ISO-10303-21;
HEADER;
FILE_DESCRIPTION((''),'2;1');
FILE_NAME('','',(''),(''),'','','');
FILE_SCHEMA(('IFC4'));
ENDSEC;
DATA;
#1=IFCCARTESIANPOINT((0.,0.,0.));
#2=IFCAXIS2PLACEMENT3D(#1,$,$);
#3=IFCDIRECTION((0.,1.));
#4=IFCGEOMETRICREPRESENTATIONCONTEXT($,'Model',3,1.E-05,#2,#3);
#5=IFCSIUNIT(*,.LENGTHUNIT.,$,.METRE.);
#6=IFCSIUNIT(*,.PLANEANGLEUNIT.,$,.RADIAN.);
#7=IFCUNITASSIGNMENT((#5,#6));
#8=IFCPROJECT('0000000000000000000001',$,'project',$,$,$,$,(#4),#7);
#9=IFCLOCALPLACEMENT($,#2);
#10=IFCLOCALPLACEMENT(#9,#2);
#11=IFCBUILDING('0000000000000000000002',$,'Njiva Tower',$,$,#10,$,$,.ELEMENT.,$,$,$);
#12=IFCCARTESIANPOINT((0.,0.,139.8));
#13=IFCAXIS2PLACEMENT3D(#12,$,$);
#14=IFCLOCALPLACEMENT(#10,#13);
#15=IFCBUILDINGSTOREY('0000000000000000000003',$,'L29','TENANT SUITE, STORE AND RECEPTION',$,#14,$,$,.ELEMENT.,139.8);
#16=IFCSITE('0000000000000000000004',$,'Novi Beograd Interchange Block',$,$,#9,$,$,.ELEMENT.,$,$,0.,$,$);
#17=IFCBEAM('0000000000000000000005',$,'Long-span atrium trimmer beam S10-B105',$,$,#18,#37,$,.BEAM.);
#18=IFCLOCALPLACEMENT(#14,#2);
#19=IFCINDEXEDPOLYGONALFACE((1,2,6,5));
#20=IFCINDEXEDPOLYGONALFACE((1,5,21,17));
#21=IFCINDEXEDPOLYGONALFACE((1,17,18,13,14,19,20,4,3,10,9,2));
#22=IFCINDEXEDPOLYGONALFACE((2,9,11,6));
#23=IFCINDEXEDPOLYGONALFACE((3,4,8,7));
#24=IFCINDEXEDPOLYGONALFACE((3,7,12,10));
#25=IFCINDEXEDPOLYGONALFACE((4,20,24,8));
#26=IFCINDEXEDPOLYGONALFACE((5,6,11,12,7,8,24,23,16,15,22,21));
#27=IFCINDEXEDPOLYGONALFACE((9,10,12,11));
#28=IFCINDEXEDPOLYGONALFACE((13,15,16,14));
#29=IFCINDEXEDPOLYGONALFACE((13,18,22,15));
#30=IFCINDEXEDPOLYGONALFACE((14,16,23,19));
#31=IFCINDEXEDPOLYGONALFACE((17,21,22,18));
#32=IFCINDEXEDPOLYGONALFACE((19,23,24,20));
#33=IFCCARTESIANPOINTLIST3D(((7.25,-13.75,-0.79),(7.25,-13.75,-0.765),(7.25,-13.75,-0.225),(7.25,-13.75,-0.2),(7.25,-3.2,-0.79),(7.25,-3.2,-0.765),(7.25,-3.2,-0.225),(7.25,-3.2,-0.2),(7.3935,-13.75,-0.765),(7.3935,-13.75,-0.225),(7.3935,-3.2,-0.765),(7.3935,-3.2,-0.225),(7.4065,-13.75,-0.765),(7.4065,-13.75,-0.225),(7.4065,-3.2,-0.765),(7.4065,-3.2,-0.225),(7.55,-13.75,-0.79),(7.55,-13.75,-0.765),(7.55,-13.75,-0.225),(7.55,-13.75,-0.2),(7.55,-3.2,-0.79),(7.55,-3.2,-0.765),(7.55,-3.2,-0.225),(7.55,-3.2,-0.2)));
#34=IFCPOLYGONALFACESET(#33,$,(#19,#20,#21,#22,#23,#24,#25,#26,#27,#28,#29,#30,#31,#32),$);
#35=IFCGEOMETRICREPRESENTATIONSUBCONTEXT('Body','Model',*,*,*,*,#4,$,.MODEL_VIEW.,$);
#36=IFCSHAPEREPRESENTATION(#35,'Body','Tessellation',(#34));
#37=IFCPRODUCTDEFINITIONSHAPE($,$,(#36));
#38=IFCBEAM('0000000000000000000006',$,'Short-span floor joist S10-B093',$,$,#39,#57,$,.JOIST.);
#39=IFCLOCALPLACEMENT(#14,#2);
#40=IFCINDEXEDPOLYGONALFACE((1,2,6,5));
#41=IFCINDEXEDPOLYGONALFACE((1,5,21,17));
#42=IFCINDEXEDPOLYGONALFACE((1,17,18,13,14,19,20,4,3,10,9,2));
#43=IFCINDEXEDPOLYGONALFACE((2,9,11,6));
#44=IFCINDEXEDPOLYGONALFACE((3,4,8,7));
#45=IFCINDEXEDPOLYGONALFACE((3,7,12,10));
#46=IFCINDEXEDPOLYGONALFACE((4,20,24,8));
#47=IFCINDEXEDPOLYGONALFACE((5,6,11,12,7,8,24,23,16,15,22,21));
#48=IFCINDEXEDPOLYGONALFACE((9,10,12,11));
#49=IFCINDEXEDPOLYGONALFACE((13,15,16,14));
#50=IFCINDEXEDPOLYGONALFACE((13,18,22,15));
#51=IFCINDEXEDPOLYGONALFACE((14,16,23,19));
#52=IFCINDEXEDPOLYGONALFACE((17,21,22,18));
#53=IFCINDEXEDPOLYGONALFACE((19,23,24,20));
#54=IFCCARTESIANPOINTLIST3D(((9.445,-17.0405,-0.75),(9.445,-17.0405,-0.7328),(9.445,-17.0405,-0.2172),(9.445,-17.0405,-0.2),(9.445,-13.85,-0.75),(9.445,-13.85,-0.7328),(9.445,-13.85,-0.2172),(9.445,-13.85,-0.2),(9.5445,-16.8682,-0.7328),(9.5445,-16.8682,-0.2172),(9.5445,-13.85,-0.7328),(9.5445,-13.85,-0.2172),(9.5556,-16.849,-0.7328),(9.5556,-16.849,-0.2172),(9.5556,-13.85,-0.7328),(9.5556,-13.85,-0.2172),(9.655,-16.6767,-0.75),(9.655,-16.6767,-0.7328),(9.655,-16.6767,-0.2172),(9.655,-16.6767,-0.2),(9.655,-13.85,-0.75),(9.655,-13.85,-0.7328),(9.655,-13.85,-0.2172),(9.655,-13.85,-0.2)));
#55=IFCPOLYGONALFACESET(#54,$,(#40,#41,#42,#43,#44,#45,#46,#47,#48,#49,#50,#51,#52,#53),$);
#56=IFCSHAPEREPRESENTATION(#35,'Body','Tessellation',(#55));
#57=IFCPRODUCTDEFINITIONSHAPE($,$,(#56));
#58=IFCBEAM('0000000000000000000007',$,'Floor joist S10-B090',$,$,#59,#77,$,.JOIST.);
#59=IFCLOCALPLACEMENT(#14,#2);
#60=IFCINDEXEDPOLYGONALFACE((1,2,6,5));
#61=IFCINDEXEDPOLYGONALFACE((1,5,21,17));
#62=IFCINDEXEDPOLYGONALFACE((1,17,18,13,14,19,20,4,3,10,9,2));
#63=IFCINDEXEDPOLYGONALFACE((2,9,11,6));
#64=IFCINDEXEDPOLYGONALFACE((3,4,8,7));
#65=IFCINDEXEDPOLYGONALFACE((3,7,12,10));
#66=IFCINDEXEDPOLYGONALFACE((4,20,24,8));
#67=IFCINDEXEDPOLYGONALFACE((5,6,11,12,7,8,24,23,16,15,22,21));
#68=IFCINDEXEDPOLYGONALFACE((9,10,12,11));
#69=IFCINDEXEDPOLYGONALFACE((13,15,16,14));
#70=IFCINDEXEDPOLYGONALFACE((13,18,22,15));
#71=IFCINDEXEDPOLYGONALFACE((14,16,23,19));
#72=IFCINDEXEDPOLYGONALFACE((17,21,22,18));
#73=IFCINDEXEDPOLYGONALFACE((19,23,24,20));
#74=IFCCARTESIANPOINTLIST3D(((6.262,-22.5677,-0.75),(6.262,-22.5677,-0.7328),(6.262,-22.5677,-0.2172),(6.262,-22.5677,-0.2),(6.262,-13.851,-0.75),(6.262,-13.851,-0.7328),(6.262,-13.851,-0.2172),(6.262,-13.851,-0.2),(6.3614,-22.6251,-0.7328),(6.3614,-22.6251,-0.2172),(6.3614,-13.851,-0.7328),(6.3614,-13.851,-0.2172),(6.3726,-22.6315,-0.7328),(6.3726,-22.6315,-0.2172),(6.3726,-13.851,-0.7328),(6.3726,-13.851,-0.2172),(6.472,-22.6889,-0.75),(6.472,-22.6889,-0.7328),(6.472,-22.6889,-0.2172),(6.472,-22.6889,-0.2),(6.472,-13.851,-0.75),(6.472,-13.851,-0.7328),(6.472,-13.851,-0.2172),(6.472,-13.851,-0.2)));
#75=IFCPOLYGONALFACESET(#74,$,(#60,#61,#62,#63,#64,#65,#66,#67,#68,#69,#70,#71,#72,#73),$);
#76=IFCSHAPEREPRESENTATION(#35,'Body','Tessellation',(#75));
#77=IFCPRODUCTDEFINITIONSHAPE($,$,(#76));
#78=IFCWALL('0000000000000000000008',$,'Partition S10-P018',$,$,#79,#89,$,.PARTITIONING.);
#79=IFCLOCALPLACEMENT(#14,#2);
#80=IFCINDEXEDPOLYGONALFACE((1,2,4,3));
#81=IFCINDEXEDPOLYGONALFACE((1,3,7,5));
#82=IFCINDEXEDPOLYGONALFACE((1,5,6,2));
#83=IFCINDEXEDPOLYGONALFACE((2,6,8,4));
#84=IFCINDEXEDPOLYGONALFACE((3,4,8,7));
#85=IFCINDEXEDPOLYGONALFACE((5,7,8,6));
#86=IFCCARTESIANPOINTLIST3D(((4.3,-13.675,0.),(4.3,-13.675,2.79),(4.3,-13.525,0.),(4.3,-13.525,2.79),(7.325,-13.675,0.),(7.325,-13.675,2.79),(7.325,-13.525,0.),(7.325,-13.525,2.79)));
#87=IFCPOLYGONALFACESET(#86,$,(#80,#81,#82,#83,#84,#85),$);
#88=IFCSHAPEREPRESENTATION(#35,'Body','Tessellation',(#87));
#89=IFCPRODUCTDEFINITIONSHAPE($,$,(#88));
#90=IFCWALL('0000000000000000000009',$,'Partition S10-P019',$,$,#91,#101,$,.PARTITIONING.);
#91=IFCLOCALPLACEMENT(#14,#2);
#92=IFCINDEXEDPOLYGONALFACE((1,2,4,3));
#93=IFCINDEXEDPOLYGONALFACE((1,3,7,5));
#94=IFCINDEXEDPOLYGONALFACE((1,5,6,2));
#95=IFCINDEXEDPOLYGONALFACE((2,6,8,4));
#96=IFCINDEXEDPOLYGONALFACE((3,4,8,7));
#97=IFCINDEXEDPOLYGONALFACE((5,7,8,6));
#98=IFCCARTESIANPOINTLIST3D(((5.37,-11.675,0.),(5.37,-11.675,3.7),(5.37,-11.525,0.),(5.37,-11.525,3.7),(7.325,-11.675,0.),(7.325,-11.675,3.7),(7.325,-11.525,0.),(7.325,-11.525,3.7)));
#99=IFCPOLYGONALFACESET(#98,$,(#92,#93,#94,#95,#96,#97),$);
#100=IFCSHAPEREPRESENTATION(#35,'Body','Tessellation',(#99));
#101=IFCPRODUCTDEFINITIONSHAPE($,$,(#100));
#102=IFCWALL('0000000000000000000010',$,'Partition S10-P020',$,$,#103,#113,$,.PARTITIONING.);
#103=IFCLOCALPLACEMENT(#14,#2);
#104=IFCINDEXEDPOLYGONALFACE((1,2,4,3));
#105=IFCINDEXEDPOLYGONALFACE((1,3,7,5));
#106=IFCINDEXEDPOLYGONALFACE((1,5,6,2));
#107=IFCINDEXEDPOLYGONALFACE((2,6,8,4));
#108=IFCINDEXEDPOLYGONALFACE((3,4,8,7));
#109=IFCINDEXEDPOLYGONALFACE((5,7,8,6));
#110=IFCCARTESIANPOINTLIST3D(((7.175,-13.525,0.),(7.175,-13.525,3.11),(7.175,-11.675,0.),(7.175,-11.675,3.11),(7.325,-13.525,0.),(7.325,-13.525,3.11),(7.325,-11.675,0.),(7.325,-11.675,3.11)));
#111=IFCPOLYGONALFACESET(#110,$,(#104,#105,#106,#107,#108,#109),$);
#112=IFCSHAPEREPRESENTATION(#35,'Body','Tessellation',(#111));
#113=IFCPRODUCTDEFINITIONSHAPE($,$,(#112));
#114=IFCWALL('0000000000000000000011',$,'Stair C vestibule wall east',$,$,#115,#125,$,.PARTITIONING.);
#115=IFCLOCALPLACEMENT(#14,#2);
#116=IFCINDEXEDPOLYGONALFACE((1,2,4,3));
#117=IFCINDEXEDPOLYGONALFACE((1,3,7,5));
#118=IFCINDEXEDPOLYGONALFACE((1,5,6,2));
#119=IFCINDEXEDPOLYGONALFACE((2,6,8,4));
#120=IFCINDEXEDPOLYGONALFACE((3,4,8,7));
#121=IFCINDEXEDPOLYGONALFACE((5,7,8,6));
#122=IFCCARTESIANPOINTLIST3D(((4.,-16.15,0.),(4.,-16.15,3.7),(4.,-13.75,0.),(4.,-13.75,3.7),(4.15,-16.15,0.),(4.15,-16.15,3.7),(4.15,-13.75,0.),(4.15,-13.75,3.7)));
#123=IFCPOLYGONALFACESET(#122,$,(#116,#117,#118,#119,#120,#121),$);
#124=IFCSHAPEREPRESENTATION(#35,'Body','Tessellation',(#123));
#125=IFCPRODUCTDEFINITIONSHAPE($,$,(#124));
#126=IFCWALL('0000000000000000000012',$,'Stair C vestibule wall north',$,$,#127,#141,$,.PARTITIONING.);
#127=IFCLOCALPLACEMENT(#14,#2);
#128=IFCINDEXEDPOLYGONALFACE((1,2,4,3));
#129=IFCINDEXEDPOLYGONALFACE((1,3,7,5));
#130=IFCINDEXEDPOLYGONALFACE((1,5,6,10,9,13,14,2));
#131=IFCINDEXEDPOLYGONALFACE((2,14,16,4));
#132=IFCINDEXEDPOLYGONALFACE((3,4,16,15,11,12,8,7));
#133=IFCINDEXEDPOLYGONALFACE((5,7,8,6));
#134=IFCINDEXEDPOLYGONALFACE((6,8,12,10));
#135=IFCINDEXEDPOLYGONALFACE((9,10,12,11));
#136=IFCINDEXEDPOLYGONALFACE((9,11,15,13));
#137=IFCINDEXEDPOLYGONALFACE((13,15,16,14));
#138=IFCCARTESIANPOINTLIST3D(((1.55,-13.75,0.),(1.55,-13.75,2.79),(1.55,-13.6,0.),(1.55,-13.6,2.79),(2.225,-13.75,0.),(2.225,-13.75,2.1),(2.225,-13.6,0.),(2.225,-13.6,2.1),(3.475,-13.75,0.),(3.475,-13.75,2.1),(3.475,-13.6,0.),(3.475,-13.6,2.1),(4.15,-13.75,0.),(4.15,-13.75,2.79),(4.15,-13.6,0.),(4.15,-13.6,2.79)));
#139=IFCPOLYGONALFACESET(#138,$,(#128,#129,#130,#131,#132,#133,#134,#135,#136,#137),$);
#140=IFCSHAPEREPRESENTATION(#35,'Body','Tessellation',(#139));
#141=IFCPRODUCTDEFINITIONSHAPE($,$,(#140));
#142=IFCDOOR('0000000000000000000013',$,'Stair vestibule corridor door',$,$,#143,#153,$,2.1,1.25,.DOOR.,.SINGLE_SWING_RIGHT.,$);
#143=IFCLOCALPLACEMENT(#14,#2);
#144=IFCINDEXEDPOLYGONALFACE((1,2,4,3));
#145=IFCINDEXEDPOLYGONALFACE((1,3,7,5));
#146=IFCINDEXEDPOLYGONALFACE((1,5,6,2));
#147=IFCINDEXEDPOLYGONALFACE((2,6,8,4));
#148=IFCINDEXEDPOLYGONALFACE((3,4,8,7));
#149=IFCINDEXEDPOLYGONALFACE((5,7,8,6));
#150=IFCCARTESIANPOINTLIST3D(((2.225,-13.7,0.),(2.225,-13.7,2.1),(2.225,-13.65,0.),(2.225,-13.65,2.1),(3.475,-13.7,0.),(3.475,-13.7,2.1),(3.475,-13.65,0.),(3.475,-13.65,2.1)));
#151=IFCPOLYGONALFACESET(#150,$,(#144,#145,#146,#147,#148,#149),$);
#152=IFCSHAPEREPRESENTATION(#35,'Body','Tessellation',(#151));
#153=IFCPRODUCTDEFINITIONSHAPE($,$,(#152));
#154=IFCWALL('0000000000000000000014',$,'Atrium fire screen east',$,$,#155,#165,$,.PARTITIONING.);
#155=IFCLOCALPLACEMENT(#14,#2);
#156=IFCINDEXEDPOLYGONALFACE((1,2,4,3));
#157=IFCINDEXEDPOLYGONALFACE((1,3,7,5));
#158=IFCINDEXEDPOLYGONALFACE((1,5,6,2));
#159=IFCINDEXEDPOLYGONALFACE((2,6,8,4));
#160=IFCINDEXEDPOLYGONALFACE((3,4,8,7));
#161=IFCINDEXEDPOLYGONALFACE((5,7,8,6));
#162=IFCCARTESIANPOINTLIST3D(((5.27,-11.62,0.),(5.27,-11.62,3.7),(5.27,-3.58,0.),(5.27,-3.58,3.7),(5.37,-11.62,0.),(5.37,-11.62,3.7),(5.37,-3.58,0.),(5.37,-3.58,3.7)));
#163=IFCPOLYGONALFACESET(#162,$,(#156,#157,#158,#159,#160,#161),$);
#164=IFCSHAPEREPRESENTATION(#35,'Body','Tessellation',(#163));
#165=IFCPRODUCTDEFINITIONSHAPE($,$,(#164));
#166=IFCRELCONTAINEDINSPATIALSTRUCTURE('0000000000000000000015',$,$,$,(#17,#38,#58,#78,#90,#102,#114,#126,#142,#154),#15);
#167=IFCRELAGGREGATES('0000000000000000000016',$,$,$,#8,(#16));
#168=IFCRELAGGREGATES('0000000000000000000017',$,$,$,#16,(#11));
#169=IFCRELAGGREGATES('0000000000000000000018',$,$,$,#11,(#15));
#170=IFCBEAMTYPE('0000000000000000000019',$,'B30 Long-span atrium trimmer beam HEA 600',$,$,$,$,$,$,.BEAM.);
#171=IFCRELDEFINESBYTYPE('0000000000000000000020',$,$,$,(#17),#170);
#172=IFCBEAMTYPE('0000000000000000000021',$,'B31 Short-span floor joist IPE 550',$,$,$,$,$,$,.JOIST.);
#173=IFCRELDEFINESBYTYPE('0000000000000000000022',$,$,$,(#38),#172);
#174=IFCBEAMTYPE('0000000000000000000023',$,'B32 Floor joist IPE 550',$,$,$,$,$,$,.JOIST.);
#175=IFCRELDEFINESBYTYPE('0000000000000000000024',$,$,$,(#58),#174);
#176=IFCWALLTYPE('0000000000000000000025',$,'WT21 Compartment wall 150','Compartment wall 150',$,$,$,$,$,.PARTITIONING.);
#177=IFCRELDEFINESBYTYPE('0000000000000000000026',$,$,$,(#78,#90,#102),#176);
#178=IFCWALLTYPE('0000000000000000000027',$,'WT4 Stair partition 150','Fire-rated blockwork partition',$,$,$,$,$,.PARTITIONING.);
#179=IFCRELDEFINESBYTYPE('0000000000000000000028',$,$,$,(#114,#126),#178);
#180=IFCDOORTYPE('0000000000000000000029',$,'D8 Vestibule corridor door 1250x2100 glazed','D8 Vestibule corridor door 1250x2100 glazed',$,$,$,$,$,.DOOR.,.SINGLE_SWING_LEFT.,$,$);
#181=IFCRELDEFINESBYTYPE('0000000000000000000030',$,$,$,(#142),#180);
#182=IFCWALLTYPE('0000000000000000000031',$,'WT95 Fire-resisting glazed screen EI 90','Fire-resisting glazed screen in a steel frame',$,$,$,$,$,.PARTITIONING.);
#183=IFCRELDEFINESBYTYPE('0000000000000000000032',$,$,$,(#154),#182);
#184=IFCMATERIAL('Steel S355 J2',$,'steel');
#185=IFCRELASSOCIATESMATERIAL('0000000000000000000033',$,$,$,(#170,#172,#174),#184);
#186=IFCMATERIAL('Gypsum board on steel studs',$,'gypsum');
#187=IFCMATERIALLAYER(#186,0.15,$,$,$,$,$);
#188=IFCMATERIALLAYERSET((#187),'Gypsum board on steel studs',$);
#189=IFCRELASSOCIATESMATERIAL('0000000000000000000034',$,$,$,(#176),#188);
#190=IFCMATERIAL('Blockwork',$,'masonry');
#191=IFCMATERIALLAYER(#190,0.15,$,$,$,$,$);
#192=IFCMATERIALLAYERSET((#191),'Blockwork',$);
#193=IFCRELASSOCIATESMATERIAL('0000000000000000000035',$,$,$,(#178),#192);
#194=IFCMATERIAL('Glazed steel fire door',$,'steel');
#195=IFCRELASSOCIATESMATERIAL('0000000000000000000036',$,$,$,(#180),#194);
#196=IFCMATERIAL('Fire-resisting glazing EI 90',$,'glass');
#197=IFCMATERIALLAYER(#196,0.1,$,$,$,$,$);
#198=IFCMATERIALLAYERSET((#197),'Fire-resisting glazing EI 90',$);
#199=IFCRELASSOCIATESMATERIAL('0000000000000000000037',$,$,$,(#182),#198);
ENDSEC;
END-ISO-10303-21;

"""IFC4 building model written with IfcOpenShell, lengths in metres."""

from ifc_helpers import new_model, si_unit, direction, frame, frame_2d, origin, origin_2d, place, context, subcontext, project, spatial, rectangle, i_section, extrude, clip, halfspace, material, layer, layer_set, material_profile, profile_set, type_object, element, fill, save


model = new_model("IFC4")

# Units and contexts
model_context = context("Model", 3, precision=1e-05, world=origin(), true_north=direction((0.0, 1.0)))
body_context = subcontext(model_context, "Body", "Model", "MODEL_VIEW")
ifc_project = project(units=[si_unit("LENGTHUNIT", "METRE"), si_unit("PLANEANGLEUNIT", "RADIAN")], contexts=[model_context])

# Site, building, storey
site_placement = place(None, origin())
site = spatial("IfcSite", under=ifc_project, at=site_placement, Name="Novi Beograd Interchange Block", CompositionType="ELEMENT", RefElevation=0.0)
building_placement = place(site_placement, origin())
building = spatial("IfcBuilding", under=site, at=building_placement, Name="Njiva Tower", CompositionType="ELEMENT")
storey_placement = place(building_placement, frame((0.0, 0.0, 139.8)))
storey = spatial("IfcBuildingStorey", under=building, at=storey_placement, Name="L29", Description="TENANT SUITE, STORE AND RECEPTION", CompositionType="ELEMENT", Elevation=139.8)

# Shared definitions
ifc_material_1 = material(Name="Steel S355 J2", Category="steel")

# Beams
ifc_material_profile_1 = material_profile(ifc_material_1, i_section(OverallWidth=0.3, OverallDepth=0.59, WebThickness=0.013, FlangeThickness=0.025, at=origin_2d()), Name="HEA 600")
ifc_profile_set_1 = profile_set([ifc_material_profile_1], Name="Steel S355 J2")
beam_type_1 = type_object("IfcBeamType", Name="B30 Long-span atrium trimmer beam HEA 600", PredefinedType="BEAM", material=ifc_profile_set_1)
beam_1_placement = place(storey_placement, frame((7.4, -13.75, -0.495), z_axis=(0.0, 1.0, 0.0), x_axis=(-1.0, 0.0, 0.0)))
element("IfcBeam", 1, at=beam_1_placement, inside=storey, type_object=beam_type_1, Name="Long-span atrium trimmer beam S10-B105", PredefinedType="BEAM", context=body_context, shape_type="SweptSolid", body=[
    extrude(i_section(OverallWidth=0.3, OverallDepth=0.59, WebThickness=0.013, FlangeThickness=0.025, at=origin_2d()), origin(), (0.0, 0.0, 1.0), 10.55),
])
ifc_material_profile_2 = material_profile(ifc_material_1, i_section(OverallWidth=0.21, OverallDepth=0.55, WebThickness=0.0111, FlangeThickness=0.0172, at=origin_2d()), Name="IPE 550")
ifc_profile_set_2 = profile_set([ifc_material_profile_2], Name="Steel S355 J2")
beam_type_2 = type_object("IfcBeamType", Name="B31 Short-span floor joist IPE 550", PredefinedType="JOIST", material=ifc_profile_set_2)
beam_2_placement = place(storey_placement, frame((9.55, -13.85, -0.475), z_axis=(0.0, -1.0, 0.0), x_axis=(1.0, 0.0, 0.0)))
element("IfcBeam", 2, at=beam_2_placement, inside=storey, type_object=beam_type_2, Name="Short-span floor joist S10-B093", PredefinedType="JOIST", context=body_context, shape_type="Clipping", body=[
    clip(extrude(i_section(OverallWidth=0.21, OverallDepth=0.55, WebThickness=0.0111, FlangeThickness=0.0172, at=origin_2d()), origin(), (0.0, 0.0, 1.0), 3.211), halfspace(frame((0.0433, 0.0, 2.9336), z_axis=(0.866027, 0.0, 0.499998), x_axis=(0.0, 1.0, 0.0)), False)),
])
ifc_material_profile_3 = material_profile(ifc_material_1, i_section(OverallWidth=0.21, OverallDepth=0.55, WebThickness=0.0111, FlangeThickness=0.0172, at=origin_2d()), Name="IPE 550")
ifc_profile_set_3 = profile_set([ifc_material_profile_3], Name="Steel S355 J2")
beam_type_3 = type_object("IfcBeamType", Name="B32 Floor joist IPE 550", PredefinedType="JOIST", material=ifc_profile_set_3)
beam_3_placement = place(storey_placement, frame((6.367, -13.851, -0.475), z_axis=(0.0, -1.0, 0.0), x_axis=(1.0, 0.0, 0.0)))
element("IfcBeam", 3, at=beam_3_placement, inside=storey, type_object=beam_type_3, Name="Floor joist S10-B090", PredefinedType="JOIST", context=body_context, shape_type="Clipping", body=[
    clip(extrude(i_section(OverallWidth=0.21, OverallDepth=0.55, WebThickness=0.0111, FlangeThickness=0.0172, at=origin_2d()), origin(), (0.0, 0.0, 1.0), 8.858), halfspace(frame((-0.0253, 0.0, 8.7627), z_axis=(-0.499998, 0.0, 0.866027), x_axis=(0.0, 1.0, 0.0)), False)),
])

# Walls
ifc_material_2 = material(Name="Gypsum board on steel studs", Category="gypsum")
ifc_layer_1 = layer(ifc_material_2, 0.15)
ifc_layer_set_1 = layer_set([ifc_layer_1], Name="Gypsum board on steel studs")
wall_type_1 = type_object("IfcWallType", Name="WT21 Compartment wall 150", Description="Compartment wall 150", PredefinedType="PARTITIONING", material=ifc_layer_set_1)
wall_1_placement = place(storey_placement, frame((4.3, -13.6, 0.0), z_axis=(0.0, 0.0, 1.0), x_axis=(1.0, 0.0, 0.0)))
element("IfcWall", 4, at=wall_1_placement, inside=storey, type_object=wall_type_1, Name="Partition S10-P018", PredefinedType="PARTITIONING", context=body_context, shape_type="SweptSolid", body=[
    extrude(rectangle(XDim=3.025, YDim=0.15, at=frame_2d((1.5125, 0.0))), origin(), (0.0, 0.0, 1.0), 2.79),
])
wall_2_placement = place(storey_placement, frame((5.37, -11.6, 0.0), z_axis=(0.0, 0.0, 1.0), x_axis=(1.0, 0.0, 0.0)))
element("IfcWall", 5, at=wall_2_placement, inside=storey, type_object=wall_type_1, Name="Partition S10-P019", PredefinedType="PARTITIONING", context=body_context, shape_type="SweptSolid", body=[
    extrude(rectangle(XDim=1.955, YDim=0.15, at=frame_2d((0.9775, 0.0))), origin(), (0.0, 0.0, 1.0), 3.7),
])
wall_3_placement = place(storey_placement, frame((7.25, -13.525, 0.0), z_axis=(0.0, 0.0, 1.0), x_axis=(0.0, 1.0, 0.0)))
element("IfcWall", 6, at=wall_3_placement, inside=storey, type_object=wall_type_1, Name="Partition S10-P020", PredefinedType="PARTITIONING", context=body_context, shape_type="SweptSolid", body=[
    extrude(rectangle(XDim=1.85, YDim=0.15, at=frame_2d((0.925, 0.0))), origin(), (0.0, 0.0, 1.0), 3.11),
])
ifc_material_3 = material(Name="Blockwork", Category="masonry")
ifc_layer_2 = layer(ifc_material_3, 0.15)
ifc_layer_set_2 = layer_set([ifc_layer_2], Name="Blockwork")
wall_type_2 = type_object("IfcWallType", Name="WT4 Stair partition 150", Description="Fire-rated blockwork partition", PredefinedType="PARTITIONING", material=ifc_layer_set_2)
wall_4_placement = place(storey_placement, frame((4.075, -16.15, 0.0), z_axis=(0.0, 0.0, 1.0), x_axis=(0.0, 1.0, 0.0)))
element("IfcWall", 7, at=wall_4_placement, inside=storey, type_object=wall_type_2, Name="Stair C vestibule wall east", PredefinedType="PARTITIONING", context=body_context, shape_type="SweptSolid", body=[
    extrude(rectangle(XDim=2.4, YDim=0.15, at=frame_2d((1.2, 0.0))), origin(), (0.0, 0.0, 1.0), 3.7),
])

# Wall, opening, door
wall_5_placement = place(storey_placement, frame((1.55, -13.675, 0.0), z_axis=(0.0, 0.0, 1.0), x_axis=(1.0, 0.0, 0.0)))
wall_5 = element("IfcWall", 8, at=wall_5_placement, inside=storey, type_object=wall_type_2, Name="Stair C vestibule wall north", PredefinedType="PARTITIONING", context=body_context, shape_type="SweptSolid", body=[
    extrude(rectangle(XDim=2.6, YDim=0.15, at=frame_2d((1.3, 0.0))), origin(), (0.0, 0.0, 1.0), 2.79),
])
opening_placement = place(wall_5_placement, frame((0.675, 0.0, 0.0)))
opening = element("IfcOpeningElement", 9, at=opening_placement, cuts=wall_5, PredefinedType="OPENING", context=body_context, shape_type="SweptSolid", body=[
    extrude(rectangle(XDim=1.25, YDim=2.1, at=frame_2d((0.625, 1.05))), frame((0.0, 0.085, 0.0), z_axis=(0.0, -1.0, 0.0), x_axis=(1.0, 0.0, 0.0)), (0.0, 0.0, 1.0), 0.17),
])
ifc_material_4 = material(Name="Glazed steel fire door", Category="steel")
door_type = type_object("IfcDoorType", Name="D8 Vestibule corridor door 1250x2100 glazed", Description="D8 Vestibule corridor door 1250x2100 glazed", OperationType="SINGLE_SWING_LEFT", PredefinedType="DOOR", material=ifc_material_4)
door_placement = place(opening_placement, origin())
door = element("IfcDoor", 10, at=door_placement, inside=storey, type_object=door_type, Name="Stair vestibule corridor door", OperationType="SINGLE_SWING_RIGHT", OverallHeight=2.1, OverallWidth=1.25, PredefinedType="DOOR", context=body_context, shape_type="SweptSolid", body=[
    extrude(rectangle(XDim=1.25, YDim=2.1, at=frame_2d((0.625, 1.05))), frame((0.0, 0.025, 0.0), z_axis=(0.0, -1.0, 0.0), x_axis=(1.0, 0.0, 0.0)), (0.0, 0.0, 1.0), 0.05),
])
fill(opening, door)

# Wall
ifc_material_5 = material(Name="Fire-resisting glazing EI 90", Category="glass")
ifc_layer_3 = layer(ifc_material_5, 0.1)
ifc_layer_set_3 = layer_set([ifc_layer_3], Name="Fire-resisting glazing EI 90")
wall_type_3 = type_object("IfcWallType", Name="WT95 Fire-resisting glazed screen EI 90", Description="Fire-resisting glazed screen in a steel frame", PredefinedType="PARTITIONING", material=ifc_layer_set_3)
wall_6_placement = place(storey_placement, frame((5.32, -11.62, 0.0), z_axis=(0.0, 0.0, 1.0), x_axis=(0.0, 1.0, 0.0)))
element("IfcWall", 11, at=wall_6_placement, inside=storey, type_object=wall_type_3, Name="Atrium fire screen east", PredefinedType="PARTITIONING", context=body_context, shape_type="SweptSolid", body=[
    extrude(rectangle(XDim=8.04, YDim=0.1, at=frame_2d((4.02, 0.0))), origin(), (0.0, 0.0, 1.0), 3.7),
])

save(model, "model.ifc")
